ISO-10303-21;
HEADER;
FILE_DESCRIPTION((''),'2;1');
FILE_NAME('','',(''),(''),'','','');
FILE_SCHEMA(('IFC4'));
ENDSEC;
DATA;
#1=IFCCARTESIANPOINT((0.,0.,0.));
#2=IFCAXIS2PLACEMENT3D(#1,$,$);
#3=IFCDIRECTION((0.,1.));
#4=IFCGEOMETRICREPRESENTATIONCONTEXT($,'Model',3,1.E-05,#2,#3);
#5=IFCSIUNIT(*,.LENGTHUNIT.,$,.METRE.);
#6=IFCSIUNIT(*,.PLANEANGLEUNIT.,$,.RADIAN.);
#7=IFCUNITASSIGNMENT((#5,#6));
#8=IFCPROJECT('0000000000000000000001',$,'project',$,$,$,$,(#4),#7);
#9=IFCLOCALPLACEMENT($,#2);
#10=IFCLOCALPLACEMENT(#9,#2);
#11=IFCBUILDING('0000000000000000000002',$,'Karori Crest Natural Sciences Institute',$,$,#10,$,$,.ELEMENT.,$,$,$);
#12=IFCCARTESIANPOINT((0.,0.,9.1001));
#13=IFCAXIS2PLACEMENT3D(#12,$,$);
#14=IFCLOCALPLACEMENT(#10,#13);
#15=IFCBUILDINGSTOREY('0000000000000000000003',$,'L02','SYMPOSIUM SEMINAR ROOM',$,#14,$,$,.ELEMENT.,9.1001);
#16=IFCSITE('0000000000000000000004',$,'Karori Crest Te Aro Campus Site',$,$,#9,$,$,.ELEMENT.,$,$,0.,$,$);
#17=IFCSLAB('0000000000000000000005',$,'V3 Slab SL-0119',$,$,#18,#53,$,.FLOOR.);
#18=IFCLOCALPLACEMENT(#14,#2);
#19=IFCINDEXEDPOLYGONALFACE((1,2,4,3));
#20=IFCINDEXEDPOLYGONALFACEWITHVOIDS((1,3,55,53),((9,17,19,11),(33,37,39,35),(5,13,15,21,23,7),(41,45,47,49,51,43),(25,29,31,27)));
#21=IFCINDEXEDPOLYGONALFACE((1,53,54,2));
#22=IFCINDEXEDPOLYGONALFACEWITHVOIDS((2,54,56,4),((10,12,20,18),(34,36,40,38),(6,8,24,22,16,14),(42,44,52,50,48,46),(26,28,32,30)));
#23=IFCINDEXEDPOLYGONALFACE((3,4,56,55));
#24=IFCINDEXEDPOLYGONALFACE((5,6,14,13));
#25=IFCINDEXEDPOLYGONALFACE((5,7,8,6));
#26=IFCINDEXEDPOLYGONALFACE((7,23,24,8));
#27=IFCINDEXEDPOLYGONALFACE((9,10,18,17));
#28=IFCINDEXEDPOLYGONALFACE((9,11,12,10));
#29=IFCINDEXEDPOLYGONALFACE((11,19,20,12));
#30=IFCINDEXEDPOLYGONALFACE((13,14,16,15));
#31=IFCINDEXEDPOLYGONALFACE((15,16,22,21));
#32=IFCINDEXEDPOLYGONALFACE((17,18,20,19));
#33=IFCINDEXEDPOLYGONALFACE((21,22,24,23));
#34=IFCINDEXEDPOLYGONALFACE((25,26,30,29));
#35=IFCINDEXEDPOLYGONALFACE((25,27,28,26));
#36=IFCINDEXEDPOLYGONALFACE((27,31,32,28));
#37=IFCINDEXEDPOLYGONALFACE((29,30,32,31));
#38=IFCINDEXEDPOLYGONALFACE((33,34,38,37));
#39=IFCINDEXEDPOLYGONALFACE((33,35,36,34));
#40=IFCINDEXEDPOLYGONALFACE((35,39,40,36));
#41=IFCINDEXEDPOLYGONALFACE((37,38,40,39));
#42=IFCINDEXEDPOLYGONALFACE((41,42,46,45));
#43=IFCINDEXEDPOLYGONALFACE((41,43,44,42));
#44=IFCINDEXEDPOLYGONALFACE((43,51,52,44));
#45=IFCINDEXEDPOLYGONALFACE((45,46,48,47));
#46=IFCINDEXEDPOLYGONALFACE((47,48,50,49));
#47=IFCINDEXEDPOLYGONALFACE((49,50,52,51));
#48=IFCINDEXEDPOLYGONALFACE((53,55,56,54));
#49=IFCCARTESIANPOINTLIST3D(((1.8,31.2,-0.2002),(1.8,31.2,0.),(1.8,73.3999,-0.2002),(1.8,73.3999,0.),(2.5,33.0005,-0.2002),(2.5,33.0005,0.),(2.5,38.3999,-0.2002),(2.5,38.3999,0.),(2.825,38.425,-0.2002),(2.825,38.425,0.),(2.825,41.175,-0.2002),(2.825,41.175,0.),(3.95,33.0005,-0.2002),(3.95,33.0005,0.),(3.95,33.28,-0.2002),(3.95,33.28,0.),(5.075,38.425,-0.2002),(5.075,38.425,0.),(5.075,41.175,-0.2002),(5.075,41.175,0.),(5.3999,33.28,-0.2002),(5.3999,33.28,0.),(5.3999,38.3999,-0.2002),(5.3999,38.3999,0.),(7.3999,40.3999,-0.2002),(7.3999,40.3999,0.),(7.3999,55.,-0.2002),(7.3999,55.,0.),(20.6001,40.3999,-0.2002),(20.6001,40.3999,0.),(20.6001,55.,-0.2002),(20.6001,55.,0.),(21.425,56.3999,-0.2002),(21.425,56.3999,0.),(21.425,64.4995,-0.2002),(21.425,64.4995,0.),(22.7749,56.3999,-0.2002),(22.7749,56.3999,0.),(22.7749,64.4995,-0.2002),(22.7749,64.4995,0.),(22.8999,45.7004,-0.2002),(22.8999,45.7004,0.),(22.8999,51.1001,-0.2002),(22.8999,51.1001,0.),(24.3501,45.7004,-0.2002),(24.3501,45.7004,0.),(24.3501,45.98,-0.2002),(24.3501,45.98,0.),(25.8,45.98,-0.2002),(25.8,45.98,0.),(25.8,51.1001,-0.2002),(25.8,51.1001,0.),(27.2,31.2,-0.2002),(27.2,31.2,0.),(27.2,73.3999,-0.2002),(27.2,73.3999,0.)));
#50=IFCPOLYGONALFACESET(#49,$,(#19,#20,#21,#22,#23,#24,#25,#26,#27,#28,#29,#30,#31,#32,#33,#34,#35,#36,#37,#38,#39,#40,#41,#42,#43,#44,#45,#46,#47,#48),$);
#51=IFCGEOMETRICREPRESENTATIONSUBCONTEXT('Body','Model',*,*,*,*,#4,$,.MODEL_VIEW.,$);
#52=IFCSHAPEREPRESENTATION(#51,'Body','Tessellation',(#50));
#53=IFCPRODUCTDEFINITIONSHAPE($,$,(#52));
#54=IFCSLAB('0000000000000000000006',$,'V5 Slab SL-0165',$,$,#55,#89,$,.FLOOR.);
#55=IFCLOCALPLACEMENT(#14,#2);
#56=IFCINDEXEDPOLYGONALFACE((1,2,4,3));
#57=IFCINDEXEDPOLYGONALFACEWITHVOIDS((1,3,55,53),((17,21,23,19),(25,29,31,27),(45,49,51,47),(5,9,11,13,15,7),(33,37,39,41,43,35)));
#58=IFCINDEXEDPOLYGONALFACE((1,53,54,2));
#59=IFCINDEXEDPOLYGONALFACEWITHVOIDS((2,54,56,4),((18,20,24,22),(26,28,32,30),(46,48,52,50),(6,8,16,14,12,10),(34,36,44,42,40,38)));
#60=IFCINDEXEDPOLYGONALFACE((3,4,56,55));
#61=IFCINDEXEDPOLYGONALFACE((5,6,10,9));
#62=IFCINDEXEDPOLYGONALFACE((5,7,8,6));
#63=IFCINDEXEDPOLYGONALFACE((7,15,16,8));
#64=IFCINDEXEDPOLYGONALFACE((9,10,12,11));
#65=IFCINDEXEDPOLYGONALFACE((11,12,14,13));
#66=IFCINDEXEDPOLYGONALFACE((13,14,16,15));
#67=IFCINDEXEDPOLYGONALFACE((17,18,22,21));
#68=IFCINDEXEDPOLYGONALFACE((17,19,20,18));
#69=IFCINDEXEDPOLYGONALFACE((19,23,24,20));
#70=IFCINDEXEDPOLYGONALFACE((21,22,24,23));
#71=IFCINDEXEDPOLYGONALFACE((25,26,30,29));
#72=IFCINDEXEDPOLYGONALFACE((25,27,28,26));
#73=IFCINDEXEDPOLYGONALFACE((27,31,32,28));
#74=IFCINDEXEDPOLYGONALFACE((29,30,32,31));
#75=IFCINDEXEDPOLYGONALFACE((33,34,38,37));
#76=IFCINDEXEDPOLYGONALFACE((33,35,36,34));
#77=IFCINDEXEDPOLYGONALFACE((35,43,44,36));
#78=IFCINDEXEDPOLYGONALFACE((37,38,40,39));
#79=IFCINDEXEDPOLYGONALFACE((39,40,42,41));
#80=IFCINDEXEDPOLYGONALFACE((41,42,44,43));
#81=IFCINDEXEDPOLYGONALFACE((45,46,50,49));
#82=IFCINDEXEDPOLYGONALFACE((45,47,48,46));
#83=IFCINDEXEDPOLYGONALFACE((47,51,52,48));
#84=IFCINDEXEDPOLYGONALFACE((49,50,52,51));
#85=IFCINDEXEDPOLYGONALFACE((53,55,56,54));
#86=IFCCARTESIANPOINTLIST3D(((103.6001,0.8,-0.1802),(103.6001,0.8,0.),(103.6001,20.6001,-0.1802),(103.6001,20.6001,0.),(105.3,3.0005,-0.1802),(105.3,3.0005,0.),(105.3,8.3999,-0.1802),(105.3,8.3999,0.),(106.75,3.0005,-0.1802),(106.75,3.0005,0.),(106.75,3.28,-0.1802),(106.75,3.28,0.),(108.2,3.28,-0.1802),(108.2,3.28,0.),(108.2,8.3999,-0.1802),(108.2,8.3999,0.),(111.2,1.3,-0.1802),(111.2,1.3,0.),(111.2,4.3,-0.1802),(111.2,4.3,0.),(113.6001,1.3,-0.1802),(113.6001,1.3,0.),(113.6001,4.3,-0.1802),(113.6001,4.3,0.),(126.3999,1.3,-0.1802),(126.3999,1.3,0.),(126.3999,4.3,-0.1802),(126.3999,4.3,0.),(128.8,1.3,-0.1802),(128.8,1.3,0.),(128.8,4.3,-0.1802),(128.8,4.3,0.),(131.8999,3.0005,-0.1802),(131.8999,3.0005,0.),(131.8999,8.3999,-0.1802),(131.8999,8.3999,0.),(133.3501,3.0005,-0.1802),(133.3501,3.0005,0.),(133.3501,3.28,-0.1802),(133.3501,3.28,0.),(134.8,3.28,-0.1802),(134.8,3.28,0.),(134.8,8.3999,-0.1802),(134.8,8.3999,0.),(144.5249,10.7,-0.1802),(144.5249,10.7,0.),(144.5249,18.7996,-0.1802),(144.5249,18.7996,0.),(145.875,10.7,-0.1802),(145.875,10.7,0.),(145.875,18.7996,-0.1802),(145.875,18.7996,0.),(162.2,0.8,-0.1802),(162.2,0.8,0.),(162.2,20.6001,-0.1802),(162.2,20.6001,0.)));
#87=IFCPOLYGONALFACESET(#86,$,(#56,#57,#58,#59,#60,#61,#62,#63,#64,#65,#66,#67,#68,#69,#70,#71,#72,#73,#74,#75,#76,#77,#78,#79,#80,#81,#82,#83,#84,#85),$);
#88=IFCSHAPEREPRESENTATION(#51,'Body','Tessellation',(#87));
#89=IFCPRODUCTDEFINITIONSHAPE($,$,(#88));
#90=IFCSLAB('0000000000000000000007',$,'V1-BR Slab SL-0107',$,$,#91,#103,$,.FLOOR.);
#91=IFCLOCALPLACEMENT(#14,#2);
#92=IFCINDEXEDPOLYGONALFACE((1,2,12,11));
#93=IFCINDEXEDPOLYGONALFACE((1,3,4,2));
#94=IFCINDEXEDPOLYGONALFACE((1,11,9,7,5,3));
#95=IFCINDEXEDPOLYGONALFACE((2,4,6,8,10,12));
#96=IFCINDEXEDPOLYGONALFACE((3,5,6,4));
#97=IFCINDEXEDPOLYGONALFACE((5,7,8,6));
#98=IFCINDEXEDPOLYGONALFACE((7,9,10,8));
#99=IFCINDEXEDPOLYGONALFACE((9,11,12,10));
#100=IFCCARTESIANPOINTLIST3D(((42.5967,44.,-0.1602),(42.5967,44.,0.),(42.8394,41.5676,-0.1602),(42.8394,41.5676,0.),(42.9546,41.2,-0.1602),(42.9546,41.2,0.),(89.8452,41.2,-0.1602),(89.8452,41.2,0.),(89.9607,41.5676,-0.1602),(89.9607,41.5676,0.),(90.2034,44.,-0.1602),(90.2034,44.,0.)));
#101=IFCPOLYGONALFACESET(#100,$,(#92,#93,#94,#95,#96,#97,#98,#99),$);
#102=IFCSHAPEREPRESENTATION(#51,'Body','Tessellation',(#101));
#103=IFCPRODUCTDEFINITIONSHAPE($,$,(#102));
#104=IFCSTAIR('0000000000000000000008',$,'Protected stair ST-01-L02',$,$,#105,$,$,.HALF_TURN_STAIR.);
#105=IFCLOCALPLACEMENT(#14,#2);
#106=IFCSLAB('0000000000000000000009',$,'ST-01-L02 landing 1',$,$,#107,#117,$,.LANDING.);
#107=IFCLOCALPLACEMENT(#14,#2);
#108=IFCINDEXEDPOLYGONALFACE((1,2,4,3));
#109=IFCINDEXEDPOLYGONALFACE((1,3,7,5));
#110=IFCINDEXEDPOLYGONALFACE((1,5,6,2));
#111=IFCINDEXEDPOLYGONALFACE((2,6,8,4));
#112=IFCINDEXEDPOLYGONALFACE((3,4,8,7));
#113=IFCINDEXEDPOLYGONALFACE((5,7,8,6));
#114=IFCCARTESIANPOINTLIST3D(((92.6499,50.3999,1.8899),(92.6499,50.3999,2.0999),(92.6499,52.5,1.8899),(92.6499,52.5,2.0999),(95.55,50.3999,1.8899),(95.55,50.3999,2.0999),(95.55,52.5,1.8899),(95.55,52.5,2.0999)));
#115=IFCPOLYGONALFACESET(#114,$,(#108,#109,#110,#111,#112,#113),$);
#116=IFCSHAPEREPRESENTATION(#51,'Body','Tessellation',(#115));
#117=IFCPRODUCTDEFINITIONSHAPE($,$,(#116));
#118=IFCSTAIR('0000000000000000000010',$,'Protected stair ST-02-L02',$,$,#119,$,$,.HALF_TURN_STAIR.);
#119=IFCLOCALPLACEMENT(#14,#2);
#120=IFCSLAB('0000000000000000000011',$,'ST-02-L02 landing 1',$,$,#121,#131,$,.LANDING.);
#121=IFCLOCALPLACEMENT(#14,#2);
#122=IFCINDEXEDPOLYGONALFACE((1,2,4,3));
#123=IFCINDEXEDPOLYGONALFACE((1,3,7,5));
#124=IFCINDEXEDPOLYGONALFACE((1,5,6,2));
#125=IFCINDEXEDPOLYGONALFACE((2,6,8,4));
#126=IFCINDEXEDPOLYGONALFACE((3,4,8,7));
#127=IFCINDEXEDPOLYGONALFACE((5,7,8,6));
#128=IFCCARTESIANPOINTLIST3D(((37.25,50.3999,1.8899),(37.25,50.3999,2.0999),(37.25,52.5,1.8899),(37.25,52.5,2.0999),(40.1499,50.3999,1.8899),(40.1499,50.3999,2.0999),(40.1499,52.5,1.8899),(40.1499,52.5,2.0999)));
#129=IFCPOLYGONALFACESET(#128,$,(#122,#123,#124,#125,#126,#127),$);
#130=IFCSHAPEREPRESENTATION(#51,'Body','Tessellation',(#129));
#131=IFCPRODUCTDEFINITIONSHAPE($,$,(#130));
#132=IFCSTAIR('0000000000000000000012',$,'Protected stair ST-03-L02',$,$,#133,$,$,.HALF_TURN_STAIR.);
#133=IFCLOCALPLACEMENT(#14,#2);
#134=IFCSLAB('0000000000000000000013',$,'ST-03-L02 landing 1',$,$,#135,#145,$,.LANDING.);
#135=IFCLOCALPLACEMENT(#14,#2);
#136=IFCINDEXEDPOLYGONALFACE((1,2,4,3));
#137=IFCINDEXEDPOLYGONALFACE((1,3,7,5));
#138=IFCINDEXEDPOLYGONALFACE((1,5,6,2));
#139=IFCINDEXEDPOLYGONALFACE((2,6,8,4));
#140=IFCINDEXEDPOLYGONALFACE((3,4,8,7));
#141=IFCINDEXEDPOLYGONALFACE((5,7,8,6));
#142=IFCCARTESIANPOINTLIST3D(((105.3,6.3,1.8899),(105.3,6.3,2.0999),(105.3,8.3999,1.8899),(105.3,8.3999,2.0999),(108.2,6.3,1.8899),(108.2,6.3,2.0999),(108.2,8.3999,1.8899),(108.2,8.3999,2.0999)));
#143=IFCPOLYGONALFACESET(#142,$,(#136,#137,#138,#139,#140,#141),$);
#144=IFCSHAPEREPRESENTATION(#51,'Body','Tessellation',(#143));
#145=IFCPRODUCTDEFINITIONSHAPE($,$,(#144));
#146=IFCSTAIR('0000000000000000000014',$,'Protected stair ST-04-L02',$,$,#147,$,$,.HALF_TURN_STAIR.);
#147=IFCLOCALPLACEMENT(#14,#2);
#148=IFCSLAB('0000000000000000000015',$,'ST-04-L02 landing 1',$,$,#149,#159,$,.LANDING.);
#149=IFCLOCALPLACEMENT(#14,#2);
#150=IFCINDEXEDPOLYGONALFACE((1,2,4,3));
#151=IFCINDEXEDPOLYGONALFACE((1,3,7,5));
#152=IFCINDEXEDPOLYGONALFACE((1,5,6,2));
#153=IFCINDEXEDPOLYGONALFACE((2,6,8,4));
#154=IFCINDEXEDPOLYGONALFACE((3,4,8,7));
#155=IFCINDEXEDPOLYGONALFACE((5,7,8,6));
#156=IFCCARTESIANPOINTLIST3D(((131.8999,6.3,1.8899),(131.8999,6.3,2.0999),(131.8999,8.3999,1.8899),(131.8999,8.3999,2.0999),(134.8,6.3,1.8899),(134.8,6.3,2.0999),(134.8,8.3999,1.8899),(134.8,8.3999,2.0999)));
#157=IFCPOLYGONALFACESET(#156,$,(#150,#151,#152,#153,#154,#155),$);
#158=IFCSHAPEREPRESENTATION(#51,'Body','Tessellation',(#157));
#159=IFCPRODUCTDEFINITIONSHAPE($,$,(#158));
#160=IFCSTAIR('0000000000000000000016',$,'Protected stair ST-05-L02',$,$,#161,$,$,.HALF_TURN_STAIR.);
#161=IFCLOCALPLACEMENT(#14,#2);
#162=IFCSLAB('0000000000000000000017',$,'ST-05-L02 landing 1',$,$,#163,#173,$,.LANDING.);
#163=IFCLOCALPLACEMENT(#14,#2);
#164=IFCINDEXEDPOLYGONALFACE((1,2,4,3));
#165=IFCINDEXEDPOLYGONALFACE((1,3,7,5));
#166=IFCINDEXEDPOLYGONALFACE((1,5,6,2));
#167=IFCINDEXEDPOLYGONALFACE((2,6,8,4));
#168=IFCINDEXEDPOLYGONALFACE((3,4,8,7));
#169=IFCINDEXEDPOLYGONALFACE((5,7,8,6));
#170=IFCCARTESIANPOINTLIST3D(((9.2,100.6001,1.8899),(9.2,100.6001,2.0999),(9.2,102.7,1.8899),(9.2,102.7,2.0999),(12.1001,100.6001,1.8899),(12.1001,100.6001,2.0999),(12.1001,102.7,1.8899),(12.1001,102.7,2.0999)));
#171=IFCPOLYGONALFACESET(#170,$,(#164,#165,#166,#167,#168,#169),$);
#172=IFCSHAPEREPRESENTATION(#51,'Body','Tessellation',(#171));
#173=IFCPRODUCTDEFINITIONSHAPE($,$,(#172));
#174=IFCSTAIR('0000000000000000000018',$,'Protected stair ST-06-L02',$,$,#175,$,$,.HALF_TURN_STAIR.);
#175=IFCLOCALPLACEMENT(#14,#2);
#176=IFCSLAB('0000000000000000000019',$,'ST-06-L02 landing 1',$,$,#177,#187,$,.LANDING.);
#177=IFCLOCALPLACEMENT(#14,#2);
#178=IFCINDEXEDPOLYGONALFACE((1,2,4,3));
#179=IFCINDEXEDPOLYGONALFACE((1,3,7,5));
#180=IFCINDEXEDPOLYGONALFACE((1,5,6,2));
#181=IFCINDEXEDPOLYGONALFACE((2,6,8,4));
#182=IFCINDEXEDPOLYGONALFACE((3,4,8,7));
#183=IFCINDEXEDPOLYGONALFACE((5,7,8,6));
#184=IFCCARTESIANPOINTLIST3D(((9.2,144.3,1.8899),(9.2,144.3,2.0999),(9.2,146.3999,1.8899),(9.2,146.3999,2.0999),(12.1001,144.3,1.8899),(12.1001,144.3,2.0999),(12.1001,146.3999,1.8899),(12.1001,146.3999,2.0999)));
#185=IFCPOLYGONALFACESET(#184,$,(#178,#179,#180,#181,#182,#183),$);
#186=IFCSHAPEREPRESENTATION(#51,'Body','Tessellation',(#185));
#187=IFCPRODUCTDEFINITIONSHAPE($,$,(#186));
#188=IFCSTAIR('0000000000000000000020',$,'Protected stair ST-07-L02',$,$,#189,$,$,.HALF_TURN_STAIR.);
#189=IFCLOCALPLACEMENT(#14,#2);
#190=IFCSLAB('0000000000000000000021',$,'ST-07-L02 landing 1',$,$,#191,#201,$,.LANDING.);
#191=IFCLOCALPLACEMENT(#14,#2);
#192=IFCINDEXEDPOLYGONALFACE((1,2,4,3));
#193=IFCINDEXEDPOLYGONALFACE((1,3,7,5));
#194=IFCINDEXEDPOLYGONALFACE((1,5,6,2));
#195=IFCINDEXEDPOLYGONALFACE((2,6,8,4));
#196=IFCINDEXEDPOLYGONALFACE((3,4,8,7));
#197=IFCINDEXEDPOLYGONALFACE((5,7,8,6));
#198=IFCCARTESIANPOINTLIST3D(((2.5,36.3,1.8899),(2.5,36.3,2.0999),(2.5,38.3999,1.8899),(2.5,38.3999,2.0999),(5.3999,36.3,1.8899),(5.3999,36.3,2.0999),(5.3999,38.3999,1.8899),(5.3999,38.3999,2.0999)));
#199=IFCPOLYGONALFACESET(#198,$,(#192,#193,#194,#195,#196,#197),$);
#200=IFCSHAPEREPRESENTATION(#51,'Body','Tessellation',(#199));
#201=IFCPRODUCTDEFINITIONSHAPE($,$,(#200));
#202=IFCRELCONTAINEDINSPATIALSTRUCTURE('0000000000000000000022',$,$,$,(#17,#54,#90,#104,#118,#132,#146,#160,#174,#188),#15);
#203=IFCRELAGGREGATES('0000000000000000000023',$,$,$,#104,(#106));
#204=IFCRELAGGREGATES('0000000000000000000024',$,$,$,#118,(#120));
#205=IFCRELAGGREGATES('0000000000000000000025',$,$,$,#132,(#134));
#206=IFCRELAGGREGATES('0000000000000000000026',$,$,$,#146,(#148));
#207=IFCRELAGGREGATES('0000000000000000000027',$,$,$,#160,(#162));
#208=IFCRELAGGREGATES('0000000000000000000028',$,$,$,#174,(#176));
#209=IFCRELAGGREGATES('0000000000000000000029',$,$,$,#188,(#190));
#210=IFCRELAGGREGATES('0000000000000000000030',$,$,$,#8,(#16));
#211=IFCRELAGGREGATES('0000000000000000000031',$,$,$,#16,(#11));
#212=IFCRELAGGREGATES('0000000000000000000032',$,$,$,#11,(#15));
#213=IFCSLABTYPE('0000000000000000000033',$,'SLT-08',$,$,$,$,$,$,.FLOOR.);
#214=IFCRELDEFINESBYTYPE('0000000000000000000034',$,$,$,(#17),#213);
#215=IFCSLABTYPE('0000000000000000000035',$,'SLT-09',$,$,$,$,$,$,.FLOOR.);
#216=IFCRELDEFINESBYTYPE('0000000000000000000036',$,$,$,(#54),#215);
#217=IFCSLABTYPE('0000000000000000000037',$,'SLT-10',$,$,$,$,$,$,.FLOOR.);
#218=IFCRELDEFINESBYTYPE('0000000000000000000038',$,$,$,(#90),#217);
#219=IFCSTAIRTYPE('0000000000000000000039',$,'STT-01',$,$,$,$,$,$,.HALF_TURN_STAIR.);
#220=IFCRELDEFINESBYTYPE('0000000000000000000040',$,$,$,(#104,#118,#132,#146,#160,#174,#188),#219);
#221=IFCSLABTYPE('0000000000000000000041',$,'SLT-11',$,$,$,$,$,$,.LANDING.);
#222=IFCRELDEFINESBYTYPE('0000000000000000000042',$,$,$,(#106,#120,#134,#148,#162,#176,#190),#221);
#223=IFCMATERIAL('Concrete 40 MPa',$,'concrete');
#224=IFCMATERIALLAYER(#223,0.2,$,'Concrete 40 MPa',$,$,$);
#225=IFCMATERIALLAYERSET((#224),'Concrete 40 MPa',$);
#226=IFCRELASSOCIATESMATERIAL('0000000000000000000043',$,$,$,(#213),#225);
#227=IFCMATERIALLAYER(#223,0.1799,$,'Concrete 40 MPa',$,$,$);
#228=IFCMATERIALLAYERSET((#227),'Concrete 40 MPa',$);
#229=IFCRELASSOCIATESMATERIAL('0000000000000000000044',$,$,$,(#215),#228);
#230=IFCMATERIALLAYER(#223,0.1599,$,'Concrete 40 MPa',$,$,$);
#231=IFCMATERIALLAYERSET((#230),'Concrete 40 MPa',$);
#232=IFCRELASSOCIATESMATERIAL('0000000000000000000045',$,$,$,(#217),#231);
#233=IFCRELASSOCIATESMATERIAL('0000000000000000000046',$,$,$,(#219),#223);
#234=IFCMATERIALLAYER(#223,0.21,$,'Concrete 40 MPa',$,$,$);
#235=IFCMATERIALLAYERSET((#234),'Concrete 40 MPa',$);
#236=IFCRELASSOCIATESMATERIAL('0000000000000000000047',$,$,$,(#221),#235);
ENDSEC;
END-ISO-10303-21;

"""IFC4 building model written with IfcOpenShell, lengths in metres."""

from ifc_helpers import new_model, si_unit, direction, frame, origin, place, context, subcontext, project, spatial, polyline, outline, extrude, material, layer, layer_set, type_object, element, aggregate, save


model = new_model("IFC4")

# Units and contexts
model_context = context("Model", 3, precision=1e-05, world=origin(), true_north=direction((0.0, 1.0)))
body_context = subcontext(model_context, "Body", "Model", "MODEL_VIEW")
ifc_project = project(units=[si_unit("LENGTHUNIT", "METRE"), si_unit("PLANEANGLEUNIT", "RADIAN")], contexts=[model_context])

# Site, building, storey
site_placement = place(None, origin())
site = spatial("IfcSite", under=ifc_project, at=site_placement, Name="Karori Crest Te Aro Campus Site", CompositionType="ELEMENT", RefElevation=0.0)
building_placement = place(site_placement, origin())
building = spatial("IfcBuilding", under=site, at=building_placement, Name="Karori Crest Natural Sciences Institute", CompositionType="ELEMENT")
storey_placement = place(building_placement, frame((0.0, 0.0, 9.1001)))
storey = spatial("IfcBuildingStorey", under=building, at=storey_placement, Name="L02", Description="SYMPOSIUM SEMINAR ROOM", CompositionType="ELEMENT", Elevation=9.1001)

# Slabs
ifc_material_1 = material(Name="Concrete 40 MPa", Category="concrete")
ifc_layer_1 = layer(ifc_material_1, 0.2, Name="Concrete 40 MPa")
ifc_layer_set_1 = layer_set([ifc_layer_1], Name="Concrete 40 MPa")
slab_type_1 = type_object("IfcSlabType", Name="SLT-08", PredefinedType="FLOOR", material=ifc_layer_set_1)
slab_1_placement = place(storey_placement, frame((0.0, 0.0, -0.2002)))
element("IfcSlab", 1, at=slab_1_placement, inside=storey, type_object=slab_type_1, Name="V3 Slab SL-0119", PredefinedType="FLOOR", context=body_context, shape_type="SweptSolid", body=[
    extrude(outline(polyline([(1.8, 31.2), (27.2, 31.2), (27.2, 73.3999), (1.8, 73.3999), (1.8, 31.2)]), holes=[polyline([(7.3999, 55.0), (20.6001, 55.0), (20.6001, 40.3999), (7.3999, 40.3999), (7.3999, 55.0)]), polyline([(5.3999, 33.28), (3.95, 33.28), (3.95, 33.0005), (2.5, 33.0005), (2.5, 38.3999), (5.3999, 38.3999), (5.3999, 33.28)]), polyline([(25.8, 45.98), (24.3501, 45.98), (24.3501, 45.7004), (22.8999, 45.7004), (22.8999, 51.1001), (25.8, 51.1001), (25.8, 45.98)]), polyline([(21.425, 64.4995), (22.7749, 64.4995), (22.7749, 56.3999), (21.425, 56.3999), (21.425, 64.4995)]), polyline([(2.825, 41.175), (5.075, 41.175), (5.075, 38.425), (2.825, 38.425), (2.825, 41.175)])]), origin(), (0.0, 0.0, 1.0), 0.2002),
])
ifc_layer_2 = layer(ifc_material_1, 0.1799, Name="Concrete 40 MPa")
ifc_layer_set_2 = layer_set([ifc_layer_2], Name="Concrete 40 MPa")
slab_type_2 = type_object("IfcSlabType", Name="SLT-09", PredefinedType="FLOOR", material=ifc_layer_set_2)
slab_2_placement = place(storey_placement, frame((0.0, 0.0, -0.1802)))
element("IfcSlab", 2, at=slab_2_placement, inside=storey, type_object=slab_type_2, Name="V5 Slab SL-0165", PredefinedType="FLOOR", context=body_context, shape_type="SweptSolid", body=[
    extrude(outline(polyline([(103.6001, 0.8), (162.2, 0.8), (162.2, 20.6001), (103.6001, 20.6001), (103.6001, 0.8)]), holes=[polyline([(108.2, 3.28), (106.75, 3.28), (106.75, 3.0005), (105.3, 3.0005), (105.3, 8.3999), (108.2, 8.3999), (108.2, 3.28)]), polyline([(134.8, 3.28), (133.3501, 3.28), (133.3501, 3.0005), (131.8999, 3.0005), (131.8999, 8.3999), (134.8, 8.3999), (134.8, 3.28)]), polyline([(144.5249, 18.7996), (145.875, 18.7996), (145.875, 10.7), (144.5249, 10.7), (144.5249, 18.7996)]), polyline([(111.2, 4.3), (113.6001, 4.3), (113.6001, 1.3), (111.2, 1.3), (111.2, 4.3)]), polyline([(126.3999, 4.3), (128.8, 4.3), (128.8, 1.3), (126.3999, 1.3), (126.3999, 4.3)])]), origin(), (0.0, 0.0, 1.0), 0.1802),
])
ifc_layer_3 = layer(ifc_material_1, 0.1599, Name="Concrete 40 MPa")
ifc_layer_set_3 = layer_set([ifc_layer_3], Name="Concrete 40 MPa")
slab_type_3 = type_object("IfcSlabType", Name="SLT-10", PredefinedType="FLOOR", material=ifc_layer_set_3)
slab_3_placement = place(storey_placement, frame((0.0, 0.0, -0.1602)))
element("IfcSlab", 3, at=slab_3_placement, inside=storey, type_object=slab_type_3, Name="V1-BR Slab SL-0107", PredefinedType="FLOOR", context=body_context, shape_type="SweptSolid", body=[
    extrude(outline(polyline([(42.5967, 44.0), (42.8394, 41.5676), (42.9546, 41.2), (89.8452, 41.2), (89.9607, 41.5676), (90.2034, 44.0), (42.5967, 44.0)])), origin(), (0.0, 0.0, 1.0), 0.1602),
])

# Stairs, slabs
stair_type_1 = type_object("IfcStairType", Name="STT-01", PredefinedType="HALF_TURN_STAIR", material=ifc_material_1)
stair_1_placement = place(storey_placement, origin())
stair_1 = element("IfcStair", 4, at=stair_1_placement, inside=storey, type_object=stair_type_1, Name="Protected stair ST-01-L02", PredefinedType="HALF_TURN_STAIR")
ifc_layer_4 = layer(ifc_material_1, 0.21, Name="Concrete 40 MPa")
ifc_layer_set_4 = layer_set([ifc_layer_4], Name="Concrete 40 MPa")
slab_type_4 = type_object("IfcSlabType", Name="SLT-11", PredefinedType="LANDING", material=ifc_layer_set_4)
slab_4_placement = place(storey_placement, frame((0.0, 0.0, 1.8899)))
slab_4 = element("IfcSlab", 5, at=slab_4_placement, type_object=slab_type_4, Name="ST-01-L02 landing 1", PredefinedType="LANDING", context=body_context, shape_type="SweptSolid", body=[
    extrude(outline(polyline([(95.55, 50.3999), (95.55, 52.5), (92.6499, 52.5), (92.6499, 50.3999), (95.55, 50.3999)])), origin(), (0.0, 0.0, 1.0), 0.21),
])
aggregate(stair_1, [slab_4])
stair_2_placement = place(storey_placement, origin())
stair_2 = element("IfcStair", 6, at=stair_2_placement, inside=storey, type_object=stair_type_1, Name="Protected stair ST-02-L02", PredefinedType="HALF_TURN_STAIR")
slab_5_placement = place(storey_placement, frame((0.0, 0.0, 1.8899)))
slab_5 = element("IfcSlab", 7, at=slab_5_placement, type_object=slab_type_4, Name="ST-02-L02 landing 1", PredefinedType="LANDING", context=body_context, shape_type="SweptSolid", body=[
    extrude(outline(polyline([(40.1499, 50.3999), (40.1499, 52.5), (37.25, 52.5), (37.25, 50.3999), (40.1499, 50.3999)])), origin(), (0.0, 0.0, 1.0), 0.21),
])
aggregate(stair_2, [slab_5])
stair_3_placement = place(storey_placement, origin())
stair_3 = element("IfcStair", 8, at=stair_3_placement, inside=storey, type_object=stair_type_1, Name="Protected stair ST-03-L02", PredefinedType="HALF_TURN_STAIR")
slab_6_placement = place(storey_placement, frame((0.0, 0.0, 1.8899)))
slab_6 = element("IfcSlab", 9, at=slab_6_placement, type_object=slab_type_4, Name="ST-03-L02 landing 1", PredefinedType="LANDING", context=body_context, shape_type="SweptSolid", body=[
    extrude(outline(polyline([(108.2, 6.3), (108.2, 8.3999), (105.3, 8.3999), (105.3, 6.3), (108.2, 6.3)])), origin(), (0.0, 0.0, 1.0), 0.21),
])
aggregate(stair_3, [slab_6])
stair_4_placement = place(storey_placement, origin())
stair_4 = element("IfcStair", 10, at=stair_4_placement, inside=storey, type_object=stair_type_1, Name="Protected stair ST-04-L02", PredefinedType="HALF_TURN_STAIR")
slab_7_placement = place(storey_placement, frame((0.0, 0.0, 1.8899)))
slab_7 = element("IfcSlab", 11, at=slab_7_placement, type_object=slab_type_4, Name="ST-04-L02 landing 1", PredefinedType="LANDING", context=body_context, shape_type="SweptSolid", body=[
    extrude(outline(polyline([(134.8, 6.3), (134.8, 8.3999), (131.8999, 8.3999), (131.8999, 6.3), (134.8, 6.3)])), origin(), (0.0, 0.0, 1.0), 0.21),
])
aggregate(stair_4, [slab_7])
stair_5_placement = place(storey_placement, origin())
stair_5 = element("IfcStair", 12, at=stair_5_placement, inside=storey, type_object=stair_type_1, Name="Protected stair ST-05-L02", PredefinedType="HALF_TURN_STAIR")
slab_8_placement = place(storey_placement, frame((0.0, 0.0, 1.8899)))
slab_8 = element("IfcSlab", 13, at=slab_8_placement, type_object=slab_type_4, Name="ST-05-L02 landing 1", PredefinedType="LANDING", context=body_context, shape_type="SweptSolid", body=[
    extrude(outline(polyline([(12.1001, 100.6001), (12.1001, 102.7), (9.2, 102.7), (9.2, 100.6001), (12.1001, 100.6001)])), origin(), (0.0, 0.0, 1.0), 0.21),
])
aggregate(stair_5, [slab_8])
stair_6_placement = place(storey_placement, origin())
stair_6 = element("IfcStair", 14, at=stair_6_placement, inside=storey, type_object=stair_type_1, Name="Protected stair ST-06-L02", PredefinedType="HALF_TURN_STAIR")
slab_9_placement = place(storey_placement, frame((0.0, 0.0, 1.8899)))
slab_9 = element("IfcSlab", 15, at=slab_9_placement, type_object=slab_type_4, Name="ST-06-L02 landing 1", PredefinedType="LANDING", context=body_context, shape_type="SweptSolid", body=[
    extrude(outline(polyline([(12.1001, 144.3), (12.1001, 146.3999), (9.2, 146.3999), (9.2, 144.3), (12.1001, 144.3)])), origin(), (0.0, 0.0, 1.0), 0.21),
])
aggregate(stair_6, [slab_9])
stair_7_placement = place(storey_placement, origin())
stair_7 = element("IfcStair", 16, at=stair_7_placement, inside=storey, type_object=stair_type_1, Name="Protected stair ST-07-L02", PredefinedType="HALF_TURN_STAIR")
slab_10_placement = place(storey_placement, frame((0.0, 0.0, 1.8899)))
slab_10 = element("IfcSlab", 17, at=slab_10_placement, type_object=slab_type_4, Name="ST-07-L02 landing 1", PredefinedType="LANDING", context=body_context, shape_type="SweptSolid", body=[
    extrude(outline(polyline([(5.3999, 36.3), (5.3999, 38.3999), (2.5, 38.3999), (2.5, 36.3), (5.3999, 36.3)])), origin(), (0.0, 0.0, 1.0), 0.21),
])
aggregate(stair_7, [slab_10])

save(model, "model.ifc")
